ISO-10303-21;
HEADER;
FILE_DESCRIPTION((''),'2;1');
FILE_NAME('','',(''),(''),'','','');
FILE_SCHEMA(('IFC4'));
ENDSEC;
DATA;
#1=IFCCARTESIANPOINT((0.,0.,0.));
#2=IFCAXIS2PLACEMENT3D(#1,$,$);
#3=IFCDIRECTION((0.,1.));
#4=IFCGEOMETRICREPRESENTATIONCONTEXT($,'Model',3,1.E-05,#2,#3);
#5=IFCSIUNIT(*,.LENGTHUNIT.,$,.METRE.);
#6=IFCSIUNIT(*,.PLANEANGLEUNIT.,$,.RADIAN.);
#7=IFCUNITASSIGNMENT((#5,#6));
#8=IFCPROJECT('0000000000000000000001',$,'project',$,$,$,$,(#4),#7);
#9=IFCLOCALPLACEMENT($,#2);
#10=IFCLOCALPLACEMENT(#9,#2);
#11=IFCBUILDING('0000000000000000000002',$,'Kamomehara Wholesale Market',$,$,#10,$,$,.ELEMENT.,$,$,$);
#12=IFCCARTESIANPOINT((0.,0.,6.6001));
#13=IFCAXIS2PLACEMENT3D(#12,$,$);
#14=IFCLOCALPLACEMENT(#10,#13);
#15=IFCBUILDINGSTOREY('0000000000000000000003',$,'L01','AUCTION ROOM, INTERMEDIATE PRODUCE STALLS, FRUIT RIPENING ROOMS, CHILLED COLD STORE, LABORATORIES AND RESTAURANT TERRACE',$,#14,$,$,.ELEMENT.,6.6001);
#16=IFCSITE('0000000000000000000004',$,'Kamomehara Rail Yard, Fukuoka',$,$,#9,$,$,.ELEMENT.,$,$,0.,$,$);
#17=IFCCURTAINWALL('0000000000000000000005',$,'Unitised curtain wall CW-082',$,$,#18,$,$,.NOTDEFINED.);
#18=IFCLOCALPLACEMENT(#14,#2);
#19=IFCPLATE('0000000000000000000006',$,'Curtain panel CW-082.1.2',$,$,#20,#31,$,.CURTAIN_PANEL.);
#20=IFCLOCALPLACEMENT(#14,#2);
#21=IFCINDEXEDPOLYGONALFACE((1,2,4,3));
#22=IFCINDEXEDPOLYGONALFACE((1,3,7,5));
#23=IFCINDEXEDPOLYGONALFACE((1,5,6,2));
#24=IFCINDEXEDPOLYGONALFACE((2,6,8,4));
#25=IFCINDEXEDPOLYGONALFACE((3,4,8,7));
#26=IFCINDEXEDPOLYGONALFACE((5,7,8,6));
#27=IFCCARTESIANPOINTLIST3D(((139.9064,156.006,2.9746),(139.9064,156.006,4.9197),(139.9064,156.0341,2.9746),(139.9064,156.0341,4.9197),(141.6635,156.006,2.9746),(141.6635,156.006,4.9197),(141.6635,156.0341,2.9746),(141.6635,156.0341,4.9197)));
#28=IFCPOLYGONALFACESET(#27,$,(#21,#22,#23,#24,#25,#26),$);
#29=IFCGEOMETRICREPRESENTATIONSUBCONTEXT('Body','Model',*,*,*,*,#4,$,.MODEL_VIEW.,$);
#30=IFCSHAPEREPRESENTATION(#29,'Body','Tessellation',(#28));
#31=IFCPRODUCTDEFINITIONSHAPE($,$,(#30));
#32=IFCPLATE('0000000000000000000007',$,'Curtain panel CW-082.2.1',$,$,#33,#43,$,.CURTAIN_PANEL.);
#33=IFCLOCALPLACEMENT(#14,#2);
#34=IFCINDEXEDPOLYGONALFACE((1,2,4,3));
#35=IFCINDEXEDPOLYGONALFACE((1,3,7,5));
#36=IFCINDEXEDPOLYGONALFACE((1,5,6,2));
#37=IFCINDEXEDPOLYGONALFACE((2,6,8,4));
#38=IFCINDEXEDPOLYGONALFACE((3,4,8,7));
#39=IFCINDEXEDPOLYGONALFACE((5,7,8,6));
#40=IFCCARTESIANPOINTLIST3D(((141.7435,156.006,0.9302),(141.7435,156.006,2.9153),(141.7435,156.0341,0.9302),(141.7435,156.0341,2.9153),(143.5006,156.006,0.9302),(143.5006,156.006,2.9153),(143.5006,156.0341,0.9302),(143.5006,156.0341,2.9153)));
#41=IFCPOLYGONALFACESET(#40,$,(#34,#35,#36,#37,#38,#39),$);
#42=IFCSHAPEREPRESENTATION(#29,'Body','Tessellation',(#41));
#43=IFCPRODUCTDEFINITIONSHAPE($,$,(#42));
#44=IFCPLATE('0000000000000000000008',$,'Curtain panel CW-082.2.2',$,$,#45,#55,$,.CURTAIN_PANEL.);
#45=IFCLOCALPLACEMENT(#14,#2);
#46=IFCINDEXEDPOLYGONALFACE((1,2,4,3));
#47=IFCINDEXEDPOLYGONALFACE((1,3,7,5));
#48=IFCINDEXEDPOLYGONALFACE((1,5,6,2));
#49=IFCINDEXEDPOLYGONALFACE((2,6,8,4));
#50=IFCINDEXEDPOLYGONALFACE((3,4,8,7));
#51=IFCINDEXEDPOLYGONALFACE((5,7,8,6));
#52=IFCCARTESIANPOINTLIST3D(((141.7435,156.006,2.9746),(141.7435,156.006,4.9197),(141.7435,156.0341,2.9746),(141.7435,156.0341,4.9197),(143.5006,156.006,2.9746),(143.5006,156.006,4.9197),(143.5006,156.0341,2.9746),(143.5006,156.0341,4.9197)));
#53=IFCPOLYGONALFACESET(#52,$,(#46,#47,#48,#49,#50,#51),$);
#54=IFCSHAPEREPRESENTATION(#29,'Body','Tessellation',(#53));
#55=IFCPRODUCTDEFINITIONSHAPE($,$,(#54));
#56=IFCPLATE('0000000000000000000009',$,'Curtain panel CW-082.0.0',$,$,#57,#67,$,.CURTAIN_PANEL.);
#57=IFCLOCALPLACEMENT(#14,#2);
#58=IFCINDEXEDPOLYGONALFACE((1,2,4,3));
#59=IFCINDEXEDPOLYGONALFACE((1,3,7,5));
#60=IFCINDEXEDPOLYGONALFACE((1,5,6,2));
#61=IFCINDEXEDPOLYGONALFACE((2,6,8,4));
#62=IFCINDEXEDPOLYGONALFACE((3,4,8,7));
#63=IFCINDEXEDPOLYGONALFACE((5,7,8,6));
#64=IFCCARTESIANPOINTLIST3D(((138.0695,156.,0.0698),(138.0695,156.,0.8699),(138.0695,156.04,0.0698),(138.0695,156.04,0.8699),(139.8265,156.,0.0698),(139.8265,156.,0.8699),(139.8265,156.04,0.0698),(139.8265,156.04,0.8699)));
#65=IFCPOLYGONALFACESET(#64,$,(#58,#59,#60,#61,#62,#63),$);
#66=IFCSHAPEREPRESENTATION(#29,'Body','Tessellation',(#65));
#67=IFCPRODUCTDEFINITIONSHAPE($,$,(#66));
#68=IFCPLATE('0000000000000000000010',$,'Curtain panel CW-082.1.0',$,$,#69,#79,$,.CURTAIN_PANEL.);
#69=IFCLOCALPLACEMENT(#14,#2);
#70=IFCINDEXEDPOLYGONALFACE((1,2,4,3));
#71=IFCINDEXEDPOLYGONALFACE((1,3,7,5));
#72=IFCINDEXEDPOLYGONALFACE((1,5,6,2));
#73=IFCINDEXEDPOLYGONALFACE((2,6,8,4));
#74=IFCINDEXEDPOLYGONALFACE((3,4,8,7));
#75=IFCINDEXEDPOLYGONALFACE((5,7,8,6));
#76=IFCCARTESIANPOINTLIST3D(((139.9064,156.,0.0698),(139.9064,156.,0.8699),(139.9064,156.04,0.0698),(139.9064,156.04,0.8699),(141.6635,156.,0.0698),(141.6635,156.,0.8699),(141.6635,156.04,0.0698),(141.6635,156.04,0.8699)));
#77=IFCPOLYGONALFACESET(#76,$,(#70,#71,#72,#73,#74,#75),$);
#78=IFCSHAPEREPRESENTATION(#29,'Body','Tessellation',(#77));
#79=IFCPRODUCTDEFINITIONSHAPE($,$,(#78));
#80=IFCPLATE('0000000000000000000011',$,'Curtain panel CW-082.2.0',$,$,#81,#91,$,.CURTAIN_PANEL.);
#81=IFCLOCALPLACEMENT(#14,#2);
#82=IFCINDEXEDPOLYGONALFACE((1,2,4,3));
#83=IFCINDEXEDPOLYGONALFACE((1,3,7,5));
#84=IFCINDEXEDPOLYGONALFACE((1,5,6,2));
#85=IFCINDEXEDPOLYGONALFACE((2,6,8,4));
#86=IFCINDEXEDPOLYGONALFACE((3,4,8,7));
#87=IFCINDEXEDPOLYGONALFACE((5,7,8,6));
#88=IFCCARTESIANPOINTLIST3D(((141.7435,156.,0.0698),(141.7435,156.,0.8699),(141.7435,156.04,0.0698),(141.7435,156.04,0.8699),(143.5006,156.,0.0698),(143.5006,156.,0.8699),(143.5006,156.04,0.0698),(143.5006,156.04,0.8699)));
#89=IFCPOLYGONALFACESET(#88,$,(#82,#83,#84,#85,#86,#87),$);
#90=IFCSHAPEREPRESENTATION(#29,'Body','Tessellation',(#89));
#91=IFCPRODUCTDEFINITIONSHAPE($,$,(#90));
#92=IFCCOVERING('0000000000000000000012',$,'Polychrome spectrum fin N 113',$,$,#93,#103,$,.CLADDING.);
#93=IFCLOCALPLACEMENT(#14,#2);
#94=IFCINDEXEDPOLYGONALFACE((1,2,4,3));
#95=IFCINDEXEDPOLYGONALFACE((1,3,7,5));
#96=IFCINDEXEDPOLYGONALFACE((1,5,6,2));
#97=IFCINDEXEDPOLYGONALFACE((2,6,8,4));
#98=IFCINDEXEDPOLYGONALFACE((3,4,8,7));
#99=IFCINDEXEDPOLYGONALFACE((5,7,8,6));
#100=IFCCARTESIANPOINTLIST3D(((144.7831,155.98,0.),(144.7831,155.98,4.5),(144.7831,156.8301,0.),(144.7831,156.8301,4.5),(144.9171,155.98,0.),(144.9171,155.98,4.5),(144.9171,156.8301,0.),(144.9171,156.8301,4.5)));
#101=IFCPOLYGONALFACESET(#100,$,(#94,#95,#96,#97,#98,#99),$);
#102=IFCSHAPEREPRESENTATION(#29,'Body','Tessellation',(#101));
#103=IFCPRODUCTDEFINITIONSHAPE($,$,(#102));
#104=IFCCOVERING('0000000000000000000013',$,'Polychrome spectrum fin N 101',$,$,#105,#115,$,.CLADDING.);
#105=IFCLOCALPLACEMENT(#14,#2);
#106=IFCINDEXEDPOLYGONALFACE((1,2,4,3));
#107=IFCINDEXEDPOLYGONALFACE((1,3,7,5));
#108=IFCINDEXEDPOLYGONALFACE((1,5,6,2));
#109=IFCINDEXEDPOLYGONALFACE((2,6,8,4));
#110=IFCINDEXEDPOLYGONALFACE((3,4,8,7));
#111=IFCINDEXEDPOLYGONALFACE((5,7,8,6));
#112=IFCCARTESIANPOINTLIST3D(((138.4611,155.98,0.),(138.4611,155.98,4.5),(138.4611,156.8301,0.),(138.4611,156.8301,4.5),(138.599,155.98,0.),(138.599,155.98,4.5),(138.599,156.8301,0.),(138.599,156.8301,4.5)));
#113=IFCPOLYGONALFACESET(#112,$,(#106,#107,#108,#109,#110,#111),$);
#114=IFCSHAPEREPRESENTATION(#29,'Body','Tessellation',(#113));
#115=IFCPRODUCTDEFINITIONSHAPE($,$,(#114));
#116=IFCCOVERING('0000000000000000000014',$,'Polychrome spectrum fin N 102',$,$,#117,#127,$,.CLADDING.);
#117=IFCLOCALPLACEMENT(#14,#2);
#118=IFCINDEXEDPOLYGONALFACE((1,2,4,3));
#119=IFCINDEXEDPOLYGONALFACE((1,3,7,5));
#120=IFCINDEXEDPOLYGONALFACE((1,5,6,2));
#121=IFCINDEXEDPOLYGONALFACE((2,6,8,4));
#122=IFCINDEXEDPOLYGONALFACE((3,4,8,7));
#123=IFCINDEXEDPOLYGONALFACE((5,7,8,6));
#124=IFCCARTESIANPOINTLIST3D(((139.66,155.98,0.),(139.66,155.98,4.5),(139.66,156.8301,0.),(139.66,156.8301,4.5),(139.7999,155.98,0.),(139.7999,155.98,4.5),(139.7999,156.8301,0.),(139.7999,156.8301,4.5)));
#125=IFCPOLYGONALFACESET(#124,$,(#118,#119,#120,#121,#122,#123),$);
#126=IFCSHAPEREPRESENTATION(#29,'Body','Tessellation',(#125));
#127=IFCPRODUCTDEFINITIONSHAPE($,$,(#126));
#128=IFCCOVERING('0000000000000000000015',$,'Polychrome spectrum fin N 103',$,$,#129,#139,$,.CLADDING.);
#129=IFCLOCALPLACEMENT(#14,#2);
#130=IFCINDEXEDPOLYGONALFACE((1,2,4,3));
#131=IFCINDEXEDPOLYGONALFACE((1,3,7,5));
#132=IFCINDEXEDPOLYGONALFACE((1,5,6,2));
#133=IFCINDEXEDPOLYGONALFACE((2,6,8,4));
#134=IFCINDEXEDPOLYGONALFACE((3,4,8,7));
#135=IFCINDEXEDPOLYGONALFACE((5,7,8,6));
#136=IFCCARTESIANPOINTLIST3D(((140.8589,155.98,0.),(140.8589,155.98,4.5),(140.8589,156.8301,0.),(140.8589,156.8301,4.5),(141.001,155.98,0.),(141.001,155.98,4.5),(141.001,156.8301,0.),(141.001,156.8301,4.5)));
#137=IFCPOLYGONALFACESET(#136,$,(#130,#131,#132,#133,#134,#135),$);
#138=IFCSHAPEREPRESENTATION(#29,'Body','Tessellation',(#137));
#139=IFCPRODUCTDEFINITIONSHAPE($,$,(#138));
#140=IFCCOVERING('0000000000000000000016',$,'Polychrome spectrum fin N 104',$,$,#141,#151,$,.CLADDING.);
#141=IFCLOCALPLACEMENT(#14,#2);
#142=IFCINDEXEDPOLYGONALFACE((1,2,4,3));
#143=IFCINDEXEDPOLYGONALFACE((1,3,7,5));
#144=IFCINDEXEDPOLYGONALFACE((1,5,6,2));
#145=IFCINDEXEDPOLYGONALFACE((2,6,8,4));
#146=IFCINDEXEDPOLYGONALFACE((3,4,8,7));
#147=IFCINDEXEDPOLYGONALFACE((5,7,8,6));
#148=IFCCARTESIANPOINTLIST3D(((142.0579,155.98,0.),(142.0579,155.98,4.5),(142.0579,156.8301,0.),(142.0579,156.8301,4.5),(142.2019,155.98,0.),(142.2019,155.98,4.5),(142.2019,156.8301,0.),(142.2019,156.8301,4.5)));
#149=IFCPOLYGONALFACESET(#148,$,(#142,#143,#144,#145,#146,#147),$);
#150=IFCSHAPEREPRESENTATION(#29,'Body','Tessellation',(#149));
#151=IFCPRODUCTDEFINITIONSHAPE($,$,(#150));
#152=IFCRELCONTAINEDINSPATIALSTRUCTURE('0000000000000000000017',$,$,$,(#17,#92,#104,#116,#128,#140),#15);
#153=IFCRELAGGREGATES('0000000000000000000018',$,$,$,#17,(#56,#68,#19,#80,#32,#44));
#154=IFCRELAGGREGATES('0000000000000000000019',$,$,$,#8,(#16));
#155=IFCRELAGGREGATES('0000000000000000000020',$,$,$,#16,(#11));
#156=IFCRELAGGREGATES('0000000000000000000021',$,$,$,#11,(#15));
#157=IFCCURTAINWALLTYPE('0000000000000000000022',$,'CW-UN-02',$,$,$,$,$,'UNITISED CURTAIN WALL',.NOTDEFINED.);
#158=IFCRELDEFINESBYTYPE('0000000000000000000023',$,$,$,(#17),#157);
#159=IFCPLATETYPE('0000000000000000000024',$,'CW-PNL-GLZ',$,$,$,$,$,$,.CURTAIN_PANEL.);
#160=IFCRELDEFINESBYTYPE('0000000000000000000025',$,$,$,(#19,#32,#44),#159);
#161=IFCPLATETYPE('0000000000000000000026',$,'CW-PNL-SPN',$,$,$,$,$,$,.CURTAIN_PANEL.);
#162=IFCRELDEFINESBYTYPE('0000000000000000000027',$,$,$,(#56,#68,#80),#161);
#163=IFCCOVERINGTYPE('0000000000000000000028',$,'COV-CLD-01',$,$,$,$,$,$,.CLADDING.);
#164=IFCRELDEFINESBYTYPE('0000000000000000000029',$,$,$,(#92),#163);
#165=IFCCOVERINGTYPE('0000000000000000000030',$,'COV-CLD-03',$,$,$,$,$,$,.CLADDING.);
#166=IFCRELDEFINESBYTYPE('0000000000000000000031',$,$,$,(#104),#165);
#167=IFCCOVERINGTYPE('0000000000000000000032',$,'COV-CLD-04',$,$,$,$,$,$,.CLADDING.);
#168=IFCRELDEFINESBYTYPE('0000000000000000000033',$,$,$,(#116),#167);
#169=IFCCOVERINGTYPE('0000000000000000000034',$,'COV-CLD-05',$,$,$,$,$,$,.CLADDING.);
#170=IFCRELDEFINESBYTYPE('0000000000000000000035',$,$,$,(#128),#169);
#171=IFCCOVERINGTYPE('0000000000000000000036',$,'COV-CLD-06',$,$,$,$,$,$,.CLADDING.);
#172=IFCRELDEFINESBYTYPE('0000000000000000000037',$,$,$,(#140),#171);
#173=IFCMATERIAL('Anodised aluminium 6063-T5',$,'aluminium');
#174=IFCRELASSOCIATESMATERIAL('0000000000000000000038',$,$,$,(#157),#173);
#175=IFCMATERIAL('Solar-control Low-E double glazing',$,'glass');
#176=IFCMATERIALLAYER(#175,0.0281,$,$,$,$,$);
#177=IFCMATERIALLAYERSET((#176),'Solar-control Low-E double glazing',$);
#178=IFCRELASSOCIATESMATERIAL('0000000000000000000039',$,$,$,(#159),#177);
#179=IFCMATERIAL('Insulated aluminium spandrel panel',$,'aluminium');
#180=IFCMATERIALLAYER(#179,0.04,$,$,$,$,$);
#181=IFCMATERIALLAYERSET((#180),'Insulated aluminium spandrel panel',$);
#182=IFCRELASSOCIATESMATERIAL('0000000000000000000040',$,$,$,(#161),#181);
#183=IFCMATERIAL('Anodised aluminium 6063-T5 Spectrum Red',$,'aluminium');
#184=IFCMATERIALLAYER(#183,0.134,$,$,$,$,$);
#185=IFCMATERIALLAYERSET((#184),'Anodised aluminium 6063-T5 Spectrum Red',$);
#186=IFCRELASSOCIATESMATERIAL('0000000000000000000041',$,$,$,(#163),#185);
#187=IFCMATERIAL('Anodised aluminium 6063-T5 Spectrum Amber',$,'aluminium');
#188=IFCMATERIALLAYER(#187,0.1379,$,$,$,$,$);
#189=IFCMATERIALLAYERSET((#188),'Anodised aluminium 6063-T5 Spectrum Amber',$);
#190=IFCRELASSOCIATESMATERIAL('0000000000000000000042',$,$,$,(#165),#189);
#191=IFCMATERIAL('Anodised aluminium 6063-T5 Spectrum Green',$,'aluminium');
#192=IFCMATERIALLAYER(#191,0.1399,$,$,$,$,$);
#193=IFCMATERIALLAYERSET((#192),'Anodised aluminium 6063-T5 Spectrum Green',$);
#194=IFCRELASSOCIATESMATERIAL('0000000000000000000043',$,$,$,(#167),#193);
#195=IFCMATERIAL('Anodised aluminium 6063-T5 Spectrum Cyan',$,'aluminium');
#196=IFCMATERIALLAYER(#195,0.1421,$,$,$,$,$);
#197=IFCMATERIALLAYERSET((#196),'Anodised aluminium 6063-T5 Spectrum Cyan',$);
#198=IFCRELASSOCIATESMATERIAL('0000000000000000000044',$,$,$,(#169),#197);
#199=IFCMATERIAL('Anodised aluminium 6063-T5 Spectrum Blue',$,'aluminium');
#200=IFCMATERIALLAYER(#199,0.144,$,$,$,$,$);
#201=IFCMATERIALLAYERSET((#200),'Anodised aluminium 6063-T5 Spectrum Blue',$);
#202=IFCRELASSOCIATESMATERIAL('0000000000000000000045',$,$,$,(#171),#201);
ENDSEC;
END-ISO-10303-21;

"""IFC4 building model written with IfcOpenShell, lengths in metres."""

from ifc_helpers import new_model, si_unit, direction, frame, origin, origin_2d, place, context, subcontext, project, spatial, rectangle, extrude, material, layer, layer_set, type_object, element, aggregate, save


model = new_model("IFC4")

# Units and contexts
model_context = context("Model", 3, precision=1e-05, world=origin(), true_north=direction((0.0, 1.0)))
body_context = subcontext(model_context, "Body", "Model", "MODEL_VIEW")
ifc_project = project(units=[si_unit("LENGTHUNIT", "METRE"), si_unit("PLANEANGLEUNIT", "RADIAN")], contexts=[model_context])

# Site, building, storey
site_placement = place(None, origin())
site = spatial("IfcSite", under=ifc_project, at=site_placement, Name="Kamomehara Rail Yard, Fukuoka", CompositionType="ELEMENT", RefElevation=0.0)
building_placement = place(site_placement, origin())
building = spatial("IfcBuilding", under=site, at=building_placement, Name="Kamomehara Wholesale Market", CompositionType="ELEMENT")
storey_placement = place(building_placement, frame((0.0, 0.0, 6.6001)))
storey = spatial("IfcBuildingStorey", under=building, at=storey_placement, Name="L01", Description="AUCTION ROOM, INTERMEDIATE PRODUCE STALLS, FRUIT RIPENING ROOMS, CHILLED COLD STORE, LABORATORIES AND RESTAURANT TERRACE", CompositionType="ELEMENT", Elevation=6.6001)

# Curtain wall
ifc_material_1 = material(Name="Anodised aluminium 6063-T5", Category="aluminium")
curtain_wall_type = type_object("IfcCurtainWallType", Name="CW-UN-02", ElementType="UNITISED CURTAIN WALL", PredefinedType="NOTDEFINED", material=ifc_material_1)
curtain_wall_1_placement = place(storey_placement, origin())
curtain_wall_1 = element("IfcCurtainWall", 1, at=curtain_wall_1_placement, inside=storey, type_object=curtain_wall_type, Name="Unitised curtain wall CW-082", PredefinedType="NOTDEFINED")

# Plates
ifc_material_2 = material(Name="Solar-control Low-E double glazing", Category="glass")
ifc_layer_1 = layer(ifc_material_2, 0.0281)
ifc_layer_set_1 = layer_set([ifc_layer_1], Name="Solar-control Low-E double glazing")
plate_type_1 = type_object("IfcPlateType", Name="CW-PNL-GLZ", PredefinedType="CURTAIN_PANEL", material=ifc_layer_set_1)
plate_1_placement = place(storey_placement, frame((140.7849, 156.02, 2.9746), z_axis=(0.0, 0.0, 1.0), x_axis=(1.0, 0.0, 0.0)))
plate_1 = element("IfcPlate", 2, at=plate_1_placement, type_object=plate_type_1, Name="Curtain panel CW-082.1.2", PredefinedType="CURTAIN_PANEL", context=body_context, shape_type="SweptSolid", body=[
    extrude(rectangle(XDim=1.7571, YDim=0.0281, at=origin_2d()), origin(), (0.0, 0.0, 1.0), 1.9451),
])
plate_2_placement = place(storey_placement, frame((142.6221, 156.02, 0.9302), z_axis=(0.0, 0.0, 1.0), x_axis=(1.0, 0.0, 0.0)))
plate_2 = element("IfcPlate", 3, at=plate_2_placement, type_object=plate_type_1, Name="Curtain panel CW-082.2.1", PredefinedType="CURTAIN_PANEL", context=body_context, shape_type="SweptSolid", body=[
    extrude(rectangle(XDim=1.7571, YDim=0.0281, at=origin_2d()), origin(), (0.0, 0.0, 1.0), 1.9851),
])
plate_3_placement = place(storey_placement, frame((142.6221, 156.02, 2.9746), z_axis=(0.0, 0.0, 1.0), x_axis=(1.0, 0.0, 0.0)))
plate_3 = element("IfcPlate", 4, at=plate_3_placement, type_object=plate_type_1, Name="Curtain panel CW-082.2.2", PredefinedType="CURTAIN_PANEL", context=body_context, shape_type="SweptSolid", body=[
    extrude(rectangle(XDim=1.7571, YDim=0.0281, at=origin_2d()), origin(), (0.0, 0.0, 1.0), 1.9451),
])
ifc_material_3 = material(Name="Insulated aluminium spandrel panel", Category="aluminium")
ifc_layer_2 = layer(ifc_material_3, 0.04)
ifc_layer_set_2 = layer_set([ifc_layer_2], Name="Insulated aluminium spandrel panel")
plate_type_2 = type_object("IfcPlateType", Name="CW-PNL-SPN", PredefinedType="CURTAIN_PANEL", material=ifc_layer_set_2)
plate_4_placement = place(storey_placement, frame((138.948, 156.02, 0.0698), z_axis=(0.0, 0.0, 1.0), x_axis=(1.0, 0.0, 0.0)))
plate_4 = element("IfcPlate", 5, at=plate_4_placement, type_object=plate_type_2, Name="Curtain panel CW-082.0.0", PredefinedType="CURTAIN_PANEL", context=body_context, shape_type="SweptSolid", body=[
    extrude(rectangle(XDim=1.7571, YDim=0.04, at=origin_2d()), origin(), (0.0, 0.0, 1.0), 0.8),
])
plate_5_placement = place(storey_placement, frame((140.7849, 156.02, 0.0698), z_axis=(0.0, 0.0, 1.0), x_axis=(1.0, 0.0, 0.0)))
plate_5 = element("IfcPlate", 6, at=plate_5_placement, type_object=plate_type_2, Name="Curtain panel CW-082.1.0", PredefinedType="CURTAIN_PANEL", context=body_context, shape_type="SweptSolid", body=[
    extrude(rectangle(XDim=1.7571, YDim=0.04, at=origin_2d()), origin(), (0.0, 0.0, 1.0), 0.8),
])
plate_6_placement = place(storey_placement, frame((142.6221, 156.02, 0.0698), z_axis=(0.0, 0.0, 1.0), x_axis=(1.0, 0.0, 0.0)))
plate_6 = element("IfcPlate", 7, at=plate_6_placement, type_object=plate_type_2, Name="Curtain panel CW-082.2.0", PredefinedType="CURTAIN_PANEL", context=body_context, shape_type="SweptSolid", body=[
    extrude(rectangle(XDim=1.7571, YDim=0.04, at=origin_2d()), origin(), (0.0, 0.0, 1.0), 0.8),
])
aggregate(curtain_wall_1, [plate_4, plate_5, plate_1, plate_6, plate_2, plate_3])

# Coverings
ifc_material_4 = material(Name="Anodised aluminium 6063-T5 Spectrum Red", Category="aluminium")
ifc_layer_3 = layer(ifc_material_4, 0.134)
ifc_layer_set_3 = layer_set([ifc_layer_3], Name="Anodised aluminium 6063-T5 Spectrum Red")
covering_type_1 = type_object("IfcCoveringType", Name="COV-CLD-01", PredefinedType="CLADDING", material=ifc_layer_set_3)
covering_1_placement = place(storey_placement, frame((144.8501, 156.405, 0.0), z_axis=(0.0, 0.0, 1.0), x_axis=(1.0, 0.0, 0.0)))
element("IfcCovering", 8, at=covering_1_placement, inside=storey, type_object=covering_type_1, Name="Polychrome spectrum fin N 113", PredefinedType="CLADDING", context=body_context, shape_type="SweptSolid", body=[
    extrude(rectangle(XDim=0.134, YDim=0.8501, at=origin_2d()), origin(), (0.0, 0.0, 1.0), 4.5),
])
ifc_material_5 = material(Name="Anodised aluminium 6063-T5 Spectrum Amber", Category="aluminium")
ifc_layer_4 = layer(ifc_material_5, 0.1379)
ifc_layer_set_4 = layer_set([ifc_layer_4], Name="Anodised aluminium 6063-T5 Spectrum Amber")
covering_type_2 = type_object("IfcCoveringType", Name="COV-CLD-03", PredefinedType="CLADDING", material=ifc_layer_set_4)
covering_2_placement = place(storey_placement, frame((138.53, 156.405, 0.0), z_axis=(0.0, 0.0, 1.0), x_axis=(1.0, 0.0, 0.0)))
element("IfcCovering", 9, at=covering_2_placement, inside=storey, type_object=covering_type_2, Name="Polychrome spectrum fin N 101", PredefinedType="CLADDING", context=body_context, shape_type="SweptSolid", body=[
    extrude(rectangle(XDim=0.1379, YDim=0.8501, at=origin_2d()), origin(), (0.0, 0.0, 1.0), 4.5),
])
ifc_material_6 = material(Name="Anodised aluminium 6063-T5 Spectrum Green", Category="aluminium")
ifc_layer_5 = layer(ifc_material_6, 0.1399)
ifc_layer_set_5 = layer_set([ifc_layer_5], Name="Anodised aluminium 6063-T5 Spectrum Green")
covering_type_3 = type_object("IfcCoveringType", Name="COV-CLD-04", PredefinedType="CLADDING", material=ifc_layer_set_5)
covering_3_placement = place(storey_placement, frame((139.73, 156.405, 0.0), z_axis=(0.0, 0.0, 1.0), x_axis=(1.0, 0.0, 0.0)))
element("IfcCovering", 10, at=covering_3_placement, inside=storey, type_object=covering_type_3, Name="Polychrome spectrum fin N 102", PredefinedType="CLADDING", context=body_context, shape_type="SweptSolid", body=[
    extrude(rectangle(XDim=0.1399, YDim=0.8501, at=origin_2d()), origin(), (0.0, 0.0, 1.0), 4.5),
])
ifc_material_7 = material(Name="Anodised aluminium 6063-T5 Spectrum Cyan", Category="aluminium")
ifc_layer_6 = layer(ifc_material_7, 0.1421)
ifc_layer_set_6 = layer_set([ifc_layer_6], Name="Anodised aluminium 6063-T5 Spectrum Cyan")
covering_type_4 = type_object("IfcCoveringType", Name="COV-CLD-05", PredefinedType="CLADDING", material=ifc_layer_set_6)
covering_4_placement = place(storey_placement, frame((140.9299, 156.405, 0.0), z_axis=(0.0, 0.0, 1.0), x_axis=(1.0, 0.0, 0.0)))
element("IfcCovering", 11, at=covering_4_placement, inside=storey, type_object=covering_type_4, Name="Polychrome spectrum fin N 103", PredefinedType="CLADDING", context=body_context, shape_type="SweptSolid", body=[
    extrude(rectangle(XDim=0.1421, YDim=0.8501, at=origin_2d()), origin(), (0.0, 0.0, 1.0), 4.5),
])
ifc_material_8 = material(Name="Anodised aluminium 6063-T5 Spectrum Blue", Category="aluminium")
ifc_layer_7 = layer(ifc_material_8, 0.144)
ifc_layer_set_7 = layer_set([ifc_layer_7], Name="Anodised aluminium 6063-T5 Spectrum Blue")
covering_type_5 = type_object("IfcCoveringType", Name="COV-CLD-06", PredefinedType="CLADDING", material=ifc_layer_set_7)
covering_5_placement = place(storey_placement, frame((142.1299, 156.405, 0.0), z_axis=(0.0, 0.0, 1.0), x_axis=(1.0, 0.0, 0.0)))
element("IfcCovering", 12, at=covering_5_placement, inside=storey, type_object=covering_type_5, Name="Polychrome spectrum fin N 104", PredefinedType="CLADDING", context=body_context, shape_type="SweptSolid", body=[
    extrude(rectangle(XDim=0.144, YDim=0.8501, at=origin_2d()), origin(), (0.0, 0.0, 1.0), 4.5),
])

save(model, "model.ifc")
